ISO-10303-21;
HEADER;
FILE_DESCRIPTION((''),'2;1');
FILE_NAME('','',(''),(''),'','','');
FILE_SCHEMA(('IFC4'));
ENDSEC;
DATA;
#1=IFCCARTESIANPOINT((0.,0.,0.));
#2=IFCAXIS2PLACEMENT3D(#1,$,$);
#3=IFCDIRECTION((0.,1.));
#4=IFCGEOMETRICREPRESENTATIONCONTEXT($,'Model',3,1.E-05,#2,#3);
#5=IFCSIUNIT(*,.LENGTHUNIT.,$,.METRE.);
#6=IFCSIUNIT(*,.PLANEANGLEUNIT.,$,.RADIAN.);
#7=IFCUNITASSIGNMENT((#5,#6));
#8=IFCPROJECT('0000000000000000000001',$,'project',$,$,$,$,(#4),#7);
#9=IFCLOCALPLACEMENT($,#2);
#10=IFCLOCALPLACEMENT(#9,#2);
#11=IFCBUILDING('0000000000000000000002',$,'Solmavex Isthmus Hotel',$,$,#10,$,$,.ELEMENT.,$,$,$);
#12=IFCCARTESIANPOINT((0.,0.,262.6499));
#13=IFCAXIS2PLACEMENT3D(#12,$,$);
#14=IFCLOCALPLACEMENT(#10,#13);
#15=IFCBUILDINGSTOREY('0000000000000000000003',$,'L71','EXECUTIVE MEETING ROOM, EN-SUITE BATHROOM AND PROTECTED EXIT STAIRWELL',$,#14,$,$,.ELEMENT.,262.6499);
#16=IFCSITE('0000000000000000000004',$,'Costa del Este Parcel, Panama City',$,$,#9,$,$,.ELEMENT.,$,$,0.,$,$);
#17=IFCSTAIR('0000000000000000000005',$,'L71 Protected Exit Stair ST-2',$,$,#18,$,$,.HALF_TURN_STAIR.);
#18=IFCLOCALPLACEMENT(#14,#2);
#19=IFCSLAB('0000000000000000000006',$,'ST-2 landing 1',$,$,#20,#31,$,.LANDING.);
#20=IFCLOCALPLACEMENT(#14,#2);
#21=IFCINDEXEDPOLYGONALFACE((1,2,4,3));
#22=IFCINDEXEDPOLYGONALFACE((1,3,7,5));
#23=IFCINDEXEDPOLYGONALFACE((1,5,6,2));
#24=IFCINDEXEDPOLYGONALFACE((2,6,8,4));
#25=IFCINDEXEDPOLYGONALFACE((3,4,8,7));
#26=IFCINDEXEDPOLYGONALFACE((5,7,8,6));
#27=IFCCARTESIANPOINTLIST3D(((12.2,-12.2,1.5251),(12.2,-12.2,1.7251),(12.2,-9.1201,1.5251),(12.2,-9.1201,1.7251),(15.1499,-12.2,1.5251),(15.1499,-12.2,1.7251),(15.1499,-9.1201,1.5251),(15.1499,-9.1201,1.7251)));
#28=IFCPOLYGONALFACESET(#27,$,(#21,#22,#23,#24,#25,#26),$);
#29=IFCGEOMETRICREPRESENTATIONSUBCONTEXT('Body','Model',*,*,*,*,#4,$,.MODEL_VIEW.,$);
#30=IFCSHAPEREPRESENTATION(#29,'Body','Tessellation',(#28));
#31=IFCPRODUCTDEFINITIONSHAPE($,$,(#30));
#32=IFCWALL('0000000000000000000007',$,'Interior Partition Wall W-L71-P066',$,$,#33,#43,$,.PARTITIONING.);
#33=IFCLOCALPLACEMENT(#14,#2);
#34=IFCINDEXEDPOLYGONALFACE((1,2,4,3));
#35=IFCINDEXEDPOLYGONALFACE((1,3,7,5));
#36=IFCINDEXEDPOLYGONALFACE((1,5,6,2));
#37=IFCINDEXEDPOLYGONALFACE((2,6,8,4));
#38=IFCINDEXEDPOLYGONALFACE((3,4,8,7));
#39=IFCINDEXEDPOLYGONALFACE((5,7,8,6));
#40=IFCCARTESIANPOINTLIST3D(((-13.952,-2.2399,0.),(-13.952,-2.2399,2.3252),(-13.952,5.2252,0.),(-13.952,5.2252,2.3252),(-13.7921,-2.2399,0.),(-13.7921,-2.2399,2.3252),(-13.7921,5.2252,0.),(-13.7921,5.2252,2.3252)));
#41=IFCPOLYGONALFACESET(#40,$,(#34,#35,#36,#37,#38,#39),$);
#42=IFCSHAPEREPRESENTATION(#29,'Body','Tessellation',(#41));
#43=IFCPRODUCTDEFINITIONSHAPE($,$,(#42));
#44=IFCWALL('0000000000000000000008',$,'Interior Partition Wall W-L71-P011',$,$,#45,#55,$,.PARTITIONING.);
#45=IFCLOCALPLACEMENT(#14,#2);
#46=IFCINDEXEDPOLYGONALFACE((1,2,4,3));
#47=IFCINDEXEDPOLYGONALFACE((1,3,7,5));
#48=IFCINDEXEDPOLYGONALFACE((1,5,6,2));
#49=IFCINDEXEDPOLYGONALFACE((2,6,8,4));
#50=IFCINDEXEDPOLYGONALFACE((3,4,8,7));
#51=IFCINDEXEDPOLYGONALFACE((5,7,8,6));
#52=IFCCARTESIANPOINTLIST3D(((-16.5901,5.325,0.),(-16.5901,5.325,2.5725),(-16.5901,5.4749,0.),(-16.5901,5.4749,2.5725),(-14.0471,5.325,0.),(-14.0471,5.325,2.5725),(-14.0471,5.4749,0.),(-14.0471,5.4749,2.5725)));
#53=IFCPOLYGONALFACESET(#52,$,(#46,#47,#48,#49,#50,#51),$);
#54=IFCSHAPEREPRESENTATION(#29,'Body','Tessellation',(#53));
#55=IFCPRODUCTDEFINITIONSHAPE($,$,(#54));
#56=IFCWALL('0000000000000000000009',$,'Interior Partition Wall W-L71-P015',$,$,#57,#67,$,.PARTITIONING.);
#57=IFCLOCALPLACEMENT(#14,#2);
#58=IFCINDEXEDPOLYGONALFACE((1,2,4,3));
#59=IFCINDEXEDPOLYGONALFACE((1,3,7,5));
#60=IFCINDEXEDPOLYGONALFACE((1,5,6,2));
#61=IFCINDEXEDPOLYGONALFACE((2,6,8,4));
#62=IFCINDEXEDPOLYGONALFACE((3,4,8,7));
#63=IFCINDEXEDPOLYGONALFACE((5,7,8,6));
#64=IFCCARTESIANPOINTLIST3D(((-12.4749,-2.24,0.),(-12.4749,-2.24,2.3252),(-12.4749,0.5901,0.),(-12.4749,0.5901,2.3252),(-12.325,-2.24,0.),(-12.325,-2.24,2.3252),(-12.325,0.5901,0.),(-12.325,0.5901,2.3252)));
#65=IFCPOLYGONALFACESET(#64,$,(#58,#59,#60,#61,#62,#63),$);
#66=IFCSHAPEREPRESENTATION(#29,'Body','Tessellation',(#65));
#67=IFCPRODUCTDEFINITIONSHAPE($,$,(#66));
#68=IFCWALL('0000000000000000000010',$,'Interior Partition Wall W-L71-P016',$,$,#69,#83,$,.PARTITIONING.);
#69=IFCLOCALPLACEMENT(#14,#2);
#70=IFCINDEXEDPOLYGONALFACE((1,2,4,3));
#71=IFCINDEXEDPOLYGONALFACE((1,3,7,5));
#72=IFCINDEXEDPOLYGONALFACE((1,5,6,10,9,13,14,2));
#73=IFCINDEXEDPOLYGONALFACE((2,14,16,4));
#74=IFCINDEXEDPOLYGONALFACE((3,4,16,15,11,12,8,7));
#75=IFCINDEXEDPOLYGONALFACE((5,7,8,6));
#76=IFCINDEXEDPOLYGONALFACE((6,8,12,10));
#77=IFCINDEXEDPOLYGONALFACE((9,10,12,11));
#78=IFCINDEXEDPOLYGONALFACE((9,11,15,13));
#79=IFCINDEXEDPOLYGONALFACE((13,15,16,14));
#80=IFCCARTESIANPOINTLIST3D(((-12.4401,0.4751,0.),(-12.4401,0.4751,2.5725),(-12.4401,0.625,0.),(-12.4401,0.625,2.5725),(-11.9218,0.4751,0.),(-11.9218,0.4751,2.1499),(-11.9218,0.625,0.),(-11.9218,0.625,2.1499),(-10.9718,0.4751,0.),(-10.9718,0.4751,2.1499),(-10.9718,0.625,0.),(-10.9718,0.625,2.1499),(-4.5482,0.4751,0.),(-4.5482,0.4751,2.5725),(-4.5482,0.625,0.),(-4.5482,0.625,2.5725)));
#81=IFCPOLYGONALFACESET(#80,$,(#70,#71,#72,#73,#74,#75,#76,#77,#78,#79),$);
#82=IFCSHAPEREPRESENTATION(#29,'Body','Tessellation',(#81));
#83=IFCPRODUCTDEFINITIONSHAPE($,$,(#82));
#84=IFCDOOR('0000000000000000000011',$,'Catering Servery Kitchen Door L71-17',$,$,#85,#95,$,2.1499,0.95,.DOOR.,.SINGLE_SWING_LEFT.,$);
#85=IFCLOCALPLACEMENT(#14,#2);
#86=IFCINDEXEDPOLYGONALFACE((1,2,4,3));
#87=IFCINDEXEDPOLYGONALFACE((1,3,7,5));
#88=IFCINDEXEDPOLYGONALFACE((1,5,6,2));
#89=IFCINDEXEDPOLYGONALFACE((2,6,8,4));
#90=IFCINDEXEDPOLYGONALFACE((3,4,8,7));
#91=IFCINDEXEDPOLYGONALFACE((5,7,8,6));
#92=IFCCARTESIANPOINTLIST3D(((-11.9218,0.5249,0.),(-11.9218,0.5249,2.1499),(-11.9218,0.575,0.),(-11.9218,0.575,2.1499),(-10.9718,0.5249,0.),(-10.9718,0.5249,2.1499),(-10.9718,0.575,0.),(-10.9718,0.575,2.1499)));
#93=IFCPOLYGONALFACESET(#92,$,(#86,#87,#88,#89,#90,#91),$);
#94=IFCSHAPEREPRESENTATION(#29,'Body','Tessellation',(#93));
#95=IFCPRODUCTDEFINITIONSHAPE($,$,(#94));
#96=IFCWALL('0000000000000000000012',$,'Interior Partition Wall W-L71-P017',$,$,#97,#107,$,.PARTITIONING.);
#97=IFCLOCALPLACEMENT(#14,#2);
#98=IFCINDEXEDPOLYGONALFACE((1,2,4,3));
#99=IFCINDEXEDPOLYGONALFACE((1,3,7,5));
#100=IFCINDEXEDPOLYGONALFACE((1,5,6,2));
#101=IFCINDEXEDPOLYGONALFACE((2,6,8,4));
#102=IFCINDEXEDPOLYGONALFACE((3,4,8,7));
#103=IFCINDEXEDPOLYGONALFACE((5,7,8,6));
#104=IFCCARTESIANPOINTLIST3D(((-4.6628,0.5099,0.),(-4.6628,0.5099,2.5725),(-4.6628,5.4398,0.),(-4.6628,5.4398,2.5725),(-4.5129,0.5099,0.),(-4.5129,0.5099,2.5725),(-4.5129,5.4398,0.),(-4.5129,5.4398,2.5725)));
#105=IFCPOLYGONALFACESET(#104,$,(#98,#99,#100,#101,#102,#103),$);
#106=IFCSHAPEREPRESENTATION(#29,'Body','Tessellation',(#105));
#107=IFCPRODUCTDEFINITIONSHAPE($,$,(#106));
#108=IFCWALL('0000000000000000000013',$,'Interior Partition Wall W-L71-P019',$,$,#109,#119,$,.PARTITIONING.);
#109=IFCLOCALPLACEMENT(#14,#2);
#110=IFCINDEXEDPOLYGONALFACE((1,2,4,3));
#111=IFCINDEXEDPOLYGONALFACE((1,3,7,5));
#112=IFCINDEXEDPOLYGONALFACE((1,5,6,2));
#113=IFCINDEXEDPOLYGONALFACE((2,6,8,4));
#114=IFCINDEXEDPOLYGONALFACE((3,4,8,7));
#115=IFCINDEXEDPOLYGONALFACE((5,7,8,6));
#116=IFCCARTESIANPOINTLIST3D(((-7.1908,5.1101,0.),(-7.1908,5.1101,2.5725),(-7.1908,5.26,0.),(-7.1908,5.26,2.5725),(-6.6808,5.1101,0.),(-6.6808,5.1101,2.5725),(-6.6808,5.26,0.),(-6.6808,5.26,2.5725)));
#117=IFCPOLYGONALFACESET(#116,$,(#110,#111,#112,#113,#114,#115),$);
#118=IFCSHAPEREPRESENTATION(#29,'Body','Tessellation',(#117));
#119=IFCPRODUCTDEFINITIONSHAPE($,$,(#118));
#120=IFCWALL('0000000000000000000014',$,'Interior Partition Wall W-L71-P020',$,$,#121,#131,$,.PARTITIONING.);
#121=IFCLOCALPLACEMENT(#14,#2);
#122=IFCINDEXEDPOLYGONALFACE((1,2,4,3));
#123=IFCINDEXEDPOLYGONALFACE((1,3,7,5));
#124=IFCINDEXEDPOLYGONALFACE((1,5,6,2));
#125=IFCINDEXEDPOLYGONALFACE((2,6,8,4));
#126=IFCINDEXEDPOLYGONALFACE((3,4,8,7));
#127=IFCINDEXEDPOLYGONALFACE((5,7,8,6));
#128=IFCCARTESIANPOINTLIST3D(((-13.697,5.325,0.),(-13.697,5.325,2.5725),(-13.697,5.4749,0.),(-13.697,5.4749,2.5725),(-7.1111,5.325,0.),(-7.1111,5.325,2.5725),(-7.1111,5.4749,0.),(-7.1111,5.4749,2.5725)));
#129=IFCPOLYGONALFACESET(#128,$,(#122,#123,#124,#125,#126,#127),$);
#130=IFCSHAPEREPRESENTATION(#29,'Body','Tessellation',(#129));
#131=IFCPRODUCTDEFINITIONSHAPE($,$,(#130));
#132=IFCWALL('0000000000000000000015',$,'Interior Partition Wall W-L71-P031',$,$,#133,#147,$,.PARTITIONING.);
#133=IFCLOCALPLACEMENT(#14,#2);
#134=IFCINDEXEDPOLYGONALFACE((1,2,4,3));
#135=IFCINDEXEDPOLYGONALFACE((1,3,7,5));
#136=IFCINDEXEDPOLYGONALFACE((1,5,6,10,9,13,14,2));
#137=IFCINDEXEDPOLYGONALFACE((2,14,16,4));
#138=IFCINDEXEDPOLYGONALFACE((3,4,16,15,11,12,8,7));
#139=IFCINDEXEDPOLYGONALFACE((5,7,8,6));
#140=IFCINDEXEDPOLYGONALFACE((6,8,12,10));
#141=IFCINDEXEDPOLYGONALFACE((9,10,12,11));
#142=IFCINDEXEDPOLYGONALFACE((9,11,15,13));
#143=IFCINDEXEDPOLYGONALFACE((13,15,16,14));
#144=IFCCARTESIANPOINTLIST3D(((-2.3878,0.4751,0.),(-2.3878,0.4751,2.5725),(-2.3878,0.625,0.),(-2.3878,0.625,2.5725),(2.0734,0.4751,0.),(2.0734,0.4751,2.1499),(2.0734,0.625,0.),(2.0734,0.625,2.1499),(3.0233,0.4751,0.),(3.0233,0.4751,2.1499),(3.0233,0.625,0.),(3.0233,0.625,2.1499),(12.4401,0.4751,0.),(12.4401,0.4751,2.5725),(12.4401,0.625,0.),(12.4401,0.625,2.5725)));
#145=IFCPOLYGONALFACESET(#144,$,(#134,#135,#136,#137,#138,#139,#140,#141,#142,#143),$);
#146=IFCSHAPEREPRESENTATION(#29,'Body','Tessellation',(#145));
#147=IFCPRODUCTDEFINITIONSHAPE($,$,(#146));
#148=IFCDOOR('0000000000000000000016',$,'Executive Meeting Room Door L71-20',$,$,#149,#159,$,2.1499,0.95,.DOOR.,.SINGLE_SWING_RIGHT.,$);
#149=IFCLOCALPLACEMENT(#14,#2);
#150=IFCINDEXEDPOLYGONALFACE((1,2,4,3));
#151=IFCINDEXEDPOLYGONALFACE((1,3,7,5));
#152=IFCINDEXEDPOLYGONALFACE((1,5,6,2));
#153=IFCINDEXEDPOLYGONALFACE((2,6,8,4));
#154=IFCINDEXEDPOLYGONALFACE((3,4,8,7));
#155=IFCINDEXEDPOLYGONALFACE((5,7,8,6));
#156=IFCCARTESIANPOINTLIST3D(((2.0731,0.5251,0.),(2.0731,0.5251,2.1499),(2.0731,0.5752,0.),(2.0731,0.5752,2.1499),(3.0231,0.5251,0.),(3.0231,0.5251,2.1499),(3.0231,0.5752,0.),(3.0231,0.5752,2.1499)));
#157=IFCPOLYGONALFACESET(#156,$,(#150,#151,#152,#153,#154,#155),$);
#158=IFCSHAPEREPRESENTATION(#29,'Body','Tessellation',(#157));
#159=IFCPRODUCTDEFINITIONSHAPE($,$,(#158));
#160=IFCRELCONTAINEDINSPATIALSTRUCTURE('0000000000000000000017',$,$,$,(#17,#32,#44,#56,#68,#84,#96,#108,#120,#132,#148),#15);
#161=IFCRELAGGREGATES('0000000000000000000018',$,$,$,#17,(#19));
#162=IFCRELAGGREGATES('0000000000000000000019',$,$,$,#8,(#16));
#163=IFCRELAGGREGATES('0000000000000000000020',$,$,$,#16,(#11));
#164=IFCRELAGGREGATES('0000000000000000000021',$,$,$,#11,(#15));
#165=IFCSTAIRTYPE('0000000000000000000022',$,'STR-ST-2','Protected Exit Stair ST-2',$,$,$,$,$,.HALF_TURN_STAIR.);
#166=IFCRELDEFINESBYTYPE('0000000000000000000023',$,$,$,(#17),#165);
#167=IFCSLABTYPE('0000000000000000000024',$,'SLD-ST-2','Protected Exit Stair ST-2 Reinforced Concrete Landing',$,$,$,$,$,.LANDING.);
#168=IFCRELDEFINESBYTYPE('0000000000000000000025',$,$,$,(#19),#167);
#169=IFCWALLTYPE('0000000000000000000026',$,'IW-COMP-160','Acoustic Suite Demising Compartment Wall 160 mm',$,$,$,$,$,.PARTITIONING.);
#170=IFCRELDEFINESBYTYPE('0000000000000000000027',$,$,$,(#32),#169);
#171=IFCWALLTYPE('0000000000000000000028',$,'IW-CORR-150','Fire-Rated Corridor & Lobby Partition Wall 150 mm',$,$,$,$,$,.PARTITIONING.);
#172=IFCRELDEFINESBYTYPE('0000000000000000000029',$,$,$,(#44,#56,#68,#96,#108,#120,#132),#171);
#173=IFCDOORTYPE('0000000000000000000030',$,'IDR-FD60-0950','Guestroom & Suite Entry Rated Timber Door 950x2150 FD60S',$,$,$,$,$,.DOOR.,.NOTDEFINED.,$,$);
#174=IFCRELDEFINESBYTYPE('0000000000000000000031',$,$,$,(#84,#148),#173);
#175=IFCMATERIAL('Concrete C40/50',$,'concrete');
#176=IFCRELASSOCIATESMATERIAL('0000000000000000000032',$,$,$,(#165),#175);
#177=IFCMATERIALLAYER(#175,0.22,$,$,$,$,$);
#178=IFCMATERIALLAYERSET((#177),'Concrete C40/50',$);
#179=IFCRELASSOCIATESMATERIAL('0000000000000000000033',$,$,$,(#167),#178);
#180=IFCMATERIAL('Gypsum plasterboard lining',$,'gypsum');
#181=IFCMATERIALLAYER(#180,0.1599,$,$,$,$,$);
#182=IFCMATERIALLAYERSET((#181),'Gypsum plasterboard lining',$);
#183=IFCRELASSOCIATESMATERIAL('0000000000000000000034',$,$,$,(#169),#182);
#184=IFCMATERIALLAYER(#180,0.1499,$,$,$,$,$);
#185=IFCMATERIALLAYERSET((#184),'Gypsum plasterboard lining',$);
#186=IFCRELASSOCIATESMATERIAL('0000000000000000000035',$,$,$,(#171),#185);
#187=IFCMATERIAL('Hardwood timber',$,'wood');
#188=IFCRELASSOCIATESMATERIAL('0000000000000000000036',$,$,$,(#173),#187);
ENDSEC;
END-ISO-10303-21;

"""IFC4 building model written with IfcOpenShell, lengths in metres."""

from ifc_helpers import new_model, si_unit, direction, frame, frame_2d, origin, place, context, subcontext, project, spatial, polyline, rectangle, outline, extrude, material, layer, layer_set, type_object, element, fill, aggregate, save


model = new_model("IFC4")

# Units and contexts
model_context = context("Model", 3, precision=1e-05, world=origin(), true_north=direction((0.0, 1.0)))
body_context = subcontext(model_context, "Body", "Model", "MODEL_VIEW")
ifc_project = project(units=[si_unit("LENGTHUNIT", "METRE"), si_unit("PLANEANGLEUNIT", "RADIAN")], contexts=[model_context])

# Site, building, storey
site_placement = place(None, origin())
site = spatial("IfcSite", under=ifc_project, at=site_placement, Name="Costa del Este Parcel, Panama City", CompositionType="ELEMENT", RefElevation=0.0)
building_placement = place(site_placement, origin())
building = spatial("IfcBuilding", under=site, at=building_placement, Name="Solmavex Isthmus Hotel", CompositionType="ELEMENT")
storey_placement = place(building_placement, frame((0.0, 0.0, 262.6499)))
storey = spatial("IfcBuildingStorey", under=building, at=storey_placement, Name="L71", Description="EXECUTIVE MEETING ROOM, EN-SUITE BATHROOM AND PROTECTED EXIT STAIRWELL", CompositionType="ELEMENT", Elevation=262.6499)

# Shared definitions
ifc_material_1 = material(Name="Concrete C40/50", Category="concrete")

# Stair, slab
stair_type_1 = type_object("IfcStairType", Name="STR-ST-2", Description="Protected Exit Stair ST-2", PredefinedType="HALF_TURN_STAIR", material=ifc_material_1)
stair_1_placement = place(storey_placement, origin())
stair_1 = element("IfcStair", 1, at=stair_1_placement, inside=storey, type_object=stair_type_1, Name="L71 Protected Exit Stair ST-2", PredefinedType="HALF_TURN_STAIR")
ifc_layer_1 = layer(ifc_material_1, 0.22)
ifc_layer_set_1 = layer_set([ifc_layer_1], Name="Concrete C40/50")
slab_type_1 = type_object("IfcSlabType", Name="SLD-ST-2", Description="Protected Exit Stair ST-2 Reinforced Concrete Landing", PredefinedType="LANDING", material=ifc_layer_set_1)
slab_1_placement = place(storey_placement, frame((0.0, 0.0, 1.5251)))
slab_1 = element("IfcSlab", 2, at=slab_1_placement, type_object=slab_type_1, Name="ST-2 landing 1", PredefinedType="LANDING", context=body_context, shape_type="SweptSolid", body=[
    extrude(outline(polyline([(12.2, -9.1201), (12.2, -12.2), (15.1499, -12.2), (15.1499, -9.1201), (12.2, -9.1201)])), origin(), (0.0, 0.0, 1.0), 0.2),
])
aggregate(stair_1, [slab_1])

# Walls
ifc_material_2 = material(Name="Gypsum plasterboard lining", Category="gypsum")
ifc_layer_2 = layer(ifc_material_2, 0.1599)
ifc_layer_set_2 = layer_set([ifc_layer_2], Name="Gypsum plasterboard lining")
wall_type_1 = type_object("IfcWallType", Name="IW-COMP-160", Description="Acoustic Suite Demising Compartment Wall 160 mm", PredefinedType="PARTITIONING", material=ifc_layer_set_2)
wall_1_placement = place(storey_placement, frame((-13.8721, 5.2251, 0.0), z_axis=(0.0, 0.0, 1.0), x_axis=(0.0, -1.0, 0.0)))
element("IfcWall", 3, at=wall_1_placement, inside=storey, type_object=wall_type_1, Name="Interior Partition Wall W-L71-P066", PredefinedType="PARTITIONING", context=body_context, shape_type="SweptSolid", body=[
    extrude(rectangle(XDim=7.4651, YDim=0.1599, at=frame_2d((3.7324, 0.0))), origin(), (0.0, 0.0, 1.0), 2.3252),
])
ifc_layer_3 = layer(ifc_material_2, 0.1499)
ifc_layer_set_3 = layer_set([ifc_layer_3], Name="Gypsum plasterboard lining")
wall_type_2 = type_object("IfcWallType", Name="IW-CORR-150", Description="Fire-Rated Corridor & Lobby Partition Wall 150 mm", PredefinedType="PARTITIONING", material=ifc_layer_set_3)
wall_2_placement = place(storey_placement, frame((-14.0471, 5.3999, 0.0), z_axis=(0.0, 0.0, 1.0), x_axis=(-1.0, 0.0, 0.0)))
element("IfcWall", 4, at=wall_2_placement, inside=storey, type_object=wall_type_2, Name="Interior Partition Wall W-L71-P011", PredefinedType="PARTITIONING", context=body_context, shape_type="SweptSolid", body=[
    extrude(rectangle(XDim=2.543, YDim=0.1499, at=frame_2d((1.2715, 0.0))), origin(), (0.0, 0.0, 1.0), 2.5725),
])
wall_3_placement = place(storey_placement, frame((-12.3999, -2.24, 0.0), z_axis=(0.0, 0.0, 1.0), x_axis=(0.0, 1.0, 0.0)))
element("IfcWall", 5, at=wall_3_placement, inside=storey, type_object=wall_type_2, Name="Interior Partition Wall W-L71-P015", PredefinedType="PARTITIONING", context=body_context, shape_type="SweptSolid", body=[
    extrude(rectangle(XDim=2.8301, YDim=0.1499, at=frame_2d((1.415, 0.0))), origin(), (0.0, 0.0, 1.0), 2.3252),
])

# Wall, opening, door
wall_4_placement = place(storey_placement, frame((-12.4399, 0.55, 0.0), z_axis=(0.0, 0.0, 1.0), x_axis=(1.0, 0.0, 0.0)))
wall_4 = element("IfcWall", 6, at=wall_4_placement, inside=storey, type_object=wall_type_2, Name="Interior Partition Wall W-L71-P016", PredefinedType="PARTITIONING", context=body_context, shape_type="SweptSolid", body=[
    extrude(rectangle(XDim=7.8918, YDim=0.1499, at=frame_2d((3.9458, 0.0))), origin(), (0.0, 0.0, 1.0), 2.5725),
])
opening_1_placement = place(wall_4_placement, frame((0.5181, 0.0, 0.0)))
opening_1 = element("IfcOpeningElement", 7, at=opening_1_placement, cuts=wall_4, PredefinedType="OPENING", context=body_context, shape_type="SweptSolid", body=[
    extrude(rectangle(XDim=0.95, YDim=2.1499, at=frame_2d((0.4751, 1.075))), frame((0.0, 0.085, 0.0), z_axis=(0.0, -1.0, 0.0), x_axis=(1.0, 0.0, 0.0)), (0.0, 0.0, 1.0), 0.1699),
])
ifc_material_3 = material(Name="Hardwood timber", Category="wood")
door_type = type_object("IfcDoorType", Name="IDR-FD60-0950", Description="Guestroom & Suite Entry Rated Timber Door 950x2150 FD60S", OperationType="NOTDEFINED", PredefinedType="DOOR", material=ifc_material_3)
door_1_placement = place(opening_1_placement, origin())
door_1 = element("IfcDoor", 8, at=door_1_placement, inside=storey, type_object=door_type, Name="Catering Servery Kitchen Door L71-17", OperationType="SINGLE_SWING_LEFT", OverallHeight=2.1499, OverallWidth=0.95, PredefinedType="DOOR", context=body_context, shape_type="SweptSolid", body=[
    extrude(rectangle(XDim=0.95, YDim=2.1499, at=frame_2d((0.4751, 1.075))), frame((0.0, 0.0249, 0.0), z_axis=(0.0, -1.0, 0.0), x_axis=(1.0, 0.0, 0.0)), (0.0, 0.0, 1.0), 0.05),
])
fill(opening_1, door_1)

# Walls
wall_5_placement = place(storey_placement, frame((-4.5879, 0.51, 0.0), z_axis=(0.0, 0.0, 1.0), x_axis=(0.0, 1.0, 0.0)))
element("IfcWall", 9, at=wall_5_placement, inside=storey, type_object=wall_type_2, Name="Interior Partition Wall W-L71-P017", PredefinedType="PARTITIONING", context=body_context, shape_type="SweptSolid", body=[
    extrude(rectangle(XDim=4.9299, YDim=0.1499, at=frame_2d((2.4648, 0.0))), origin(), (0.0, 0.0, 1.0), 2.5725),
])
wall_6_placement = place(storey_placement, frame((-6.6809, 5.1851, 0.0), z_axis=(0.0, 0.0, 1.0), x_axis=(-1.0, 0.0, 0.0)))
element("IfcWall", 10, at=wall_6_placement, inside=storey, type_object=wall_type_2, Name="Interior Partition Wall W-L71-P019", PredefinedType="PARTITIONING", context=body_context, shape_type="SweptSolid", body=[
    extrude(rectangle(XDim=0.51, YDim=0.1499, at=frame_2d((0.2549, 0.0))), origin(), (0.0, 0.0, 1.0), 2.5725),
])
wall_7_placement = place(storey_placement, frame((-7.1111, 5.3999, 0.0), z_axis=(0.0, 0.0, 1.0), x_axis=(-1.0, 0.0, 0.0)))
element("IfcWall", 11, at=wall_7_placement, inside=storey, type_object=wall_type_2, Name="Interior Partition Wall W-L71-P020", PredefinedType="PARTITIONING", context=body_context, shape_type="SweptSolid", body=[
    extrude(rectangle(XDim=6.5859, YDim=0.1499, at=frame_2d((3.293, 0.0))), origin(), (0.0, 0.0, 1.0), 2.5725),
])

# Wall, opening, door
wall_8_placement = place(storey_placement, frame((-2.3879, 0.55, 0.0), z_axis=(0.0, 0.0, 1.0), x_axis=(1.0, 0.0, 0.0)))
wall_8 = element("IfcWall", 12, at=wall_8_placement, inside=storey, type_object=wall_type_2, Name="Interior Partition Wall W-L71-P031", PredefinedType="PARTITIONING", context=body_context, shape_type="SweptSolid", body=[
    extrude(rectangle(XDim=14.8279, YDim=0.1499, at=frame_2d((7.4141, 0.0))), origin(), (0.0, 0.0, 1.0), 2.5725),
])
opening_2_placement = place(wall_8_placement, frame((4.4612, 0.0, 0.0)))
opening_2 = element("IfcOpeningElement", 13, at=opening_2_placement, cuts=wall_8, PredefinedType="OPENING", context=body_context, shape_type="SweptSolid", body=[
    extrude(rectangle(XDim=0.95, YDim=2.1499, at=frame_2d((0.4751, 1.075))), frame((0.0, 0.085, 0.0), z_axis=(0.0, -1.0, 0.0), x_axis=(1.0, 0.0, 0.0)), (0.0, 0.0, 1.0), 0.1699),
])
door_2_placement = place(opening_2_placement, frame((0.95, 0.0, 0.0), z_axis=(0.0, 0.0, 1.0), x_axis=(-1.0, 0.0, 0.0)))
door_2 = element("IfcDoor", 14, at=door_2_placement, inside=storey, type_object=door_type, Name="Executive Meeting Room Door L71-20", OperationType="SINGLE_SWING_RIGHT", OverallHeight=2.1499, OverallWidth=0.95, PredefinedType="DOOR", context=body_context, shape_type="SweptSolid", body=[
    extrude(rectangle(XDim=0.95, YDim=2.1499, at=frame_2d((0.4751, 1.075))), frame((0.0, 0.0249, 0.0), z_axis=(0.0, -1.0, 0.0), x_axis=(1.0, 0.0, 0.0)), (0.0, 0.0, 1.0), 0.05),
])
fill(opening_2, door_2)

save(model, "model.ifc")
